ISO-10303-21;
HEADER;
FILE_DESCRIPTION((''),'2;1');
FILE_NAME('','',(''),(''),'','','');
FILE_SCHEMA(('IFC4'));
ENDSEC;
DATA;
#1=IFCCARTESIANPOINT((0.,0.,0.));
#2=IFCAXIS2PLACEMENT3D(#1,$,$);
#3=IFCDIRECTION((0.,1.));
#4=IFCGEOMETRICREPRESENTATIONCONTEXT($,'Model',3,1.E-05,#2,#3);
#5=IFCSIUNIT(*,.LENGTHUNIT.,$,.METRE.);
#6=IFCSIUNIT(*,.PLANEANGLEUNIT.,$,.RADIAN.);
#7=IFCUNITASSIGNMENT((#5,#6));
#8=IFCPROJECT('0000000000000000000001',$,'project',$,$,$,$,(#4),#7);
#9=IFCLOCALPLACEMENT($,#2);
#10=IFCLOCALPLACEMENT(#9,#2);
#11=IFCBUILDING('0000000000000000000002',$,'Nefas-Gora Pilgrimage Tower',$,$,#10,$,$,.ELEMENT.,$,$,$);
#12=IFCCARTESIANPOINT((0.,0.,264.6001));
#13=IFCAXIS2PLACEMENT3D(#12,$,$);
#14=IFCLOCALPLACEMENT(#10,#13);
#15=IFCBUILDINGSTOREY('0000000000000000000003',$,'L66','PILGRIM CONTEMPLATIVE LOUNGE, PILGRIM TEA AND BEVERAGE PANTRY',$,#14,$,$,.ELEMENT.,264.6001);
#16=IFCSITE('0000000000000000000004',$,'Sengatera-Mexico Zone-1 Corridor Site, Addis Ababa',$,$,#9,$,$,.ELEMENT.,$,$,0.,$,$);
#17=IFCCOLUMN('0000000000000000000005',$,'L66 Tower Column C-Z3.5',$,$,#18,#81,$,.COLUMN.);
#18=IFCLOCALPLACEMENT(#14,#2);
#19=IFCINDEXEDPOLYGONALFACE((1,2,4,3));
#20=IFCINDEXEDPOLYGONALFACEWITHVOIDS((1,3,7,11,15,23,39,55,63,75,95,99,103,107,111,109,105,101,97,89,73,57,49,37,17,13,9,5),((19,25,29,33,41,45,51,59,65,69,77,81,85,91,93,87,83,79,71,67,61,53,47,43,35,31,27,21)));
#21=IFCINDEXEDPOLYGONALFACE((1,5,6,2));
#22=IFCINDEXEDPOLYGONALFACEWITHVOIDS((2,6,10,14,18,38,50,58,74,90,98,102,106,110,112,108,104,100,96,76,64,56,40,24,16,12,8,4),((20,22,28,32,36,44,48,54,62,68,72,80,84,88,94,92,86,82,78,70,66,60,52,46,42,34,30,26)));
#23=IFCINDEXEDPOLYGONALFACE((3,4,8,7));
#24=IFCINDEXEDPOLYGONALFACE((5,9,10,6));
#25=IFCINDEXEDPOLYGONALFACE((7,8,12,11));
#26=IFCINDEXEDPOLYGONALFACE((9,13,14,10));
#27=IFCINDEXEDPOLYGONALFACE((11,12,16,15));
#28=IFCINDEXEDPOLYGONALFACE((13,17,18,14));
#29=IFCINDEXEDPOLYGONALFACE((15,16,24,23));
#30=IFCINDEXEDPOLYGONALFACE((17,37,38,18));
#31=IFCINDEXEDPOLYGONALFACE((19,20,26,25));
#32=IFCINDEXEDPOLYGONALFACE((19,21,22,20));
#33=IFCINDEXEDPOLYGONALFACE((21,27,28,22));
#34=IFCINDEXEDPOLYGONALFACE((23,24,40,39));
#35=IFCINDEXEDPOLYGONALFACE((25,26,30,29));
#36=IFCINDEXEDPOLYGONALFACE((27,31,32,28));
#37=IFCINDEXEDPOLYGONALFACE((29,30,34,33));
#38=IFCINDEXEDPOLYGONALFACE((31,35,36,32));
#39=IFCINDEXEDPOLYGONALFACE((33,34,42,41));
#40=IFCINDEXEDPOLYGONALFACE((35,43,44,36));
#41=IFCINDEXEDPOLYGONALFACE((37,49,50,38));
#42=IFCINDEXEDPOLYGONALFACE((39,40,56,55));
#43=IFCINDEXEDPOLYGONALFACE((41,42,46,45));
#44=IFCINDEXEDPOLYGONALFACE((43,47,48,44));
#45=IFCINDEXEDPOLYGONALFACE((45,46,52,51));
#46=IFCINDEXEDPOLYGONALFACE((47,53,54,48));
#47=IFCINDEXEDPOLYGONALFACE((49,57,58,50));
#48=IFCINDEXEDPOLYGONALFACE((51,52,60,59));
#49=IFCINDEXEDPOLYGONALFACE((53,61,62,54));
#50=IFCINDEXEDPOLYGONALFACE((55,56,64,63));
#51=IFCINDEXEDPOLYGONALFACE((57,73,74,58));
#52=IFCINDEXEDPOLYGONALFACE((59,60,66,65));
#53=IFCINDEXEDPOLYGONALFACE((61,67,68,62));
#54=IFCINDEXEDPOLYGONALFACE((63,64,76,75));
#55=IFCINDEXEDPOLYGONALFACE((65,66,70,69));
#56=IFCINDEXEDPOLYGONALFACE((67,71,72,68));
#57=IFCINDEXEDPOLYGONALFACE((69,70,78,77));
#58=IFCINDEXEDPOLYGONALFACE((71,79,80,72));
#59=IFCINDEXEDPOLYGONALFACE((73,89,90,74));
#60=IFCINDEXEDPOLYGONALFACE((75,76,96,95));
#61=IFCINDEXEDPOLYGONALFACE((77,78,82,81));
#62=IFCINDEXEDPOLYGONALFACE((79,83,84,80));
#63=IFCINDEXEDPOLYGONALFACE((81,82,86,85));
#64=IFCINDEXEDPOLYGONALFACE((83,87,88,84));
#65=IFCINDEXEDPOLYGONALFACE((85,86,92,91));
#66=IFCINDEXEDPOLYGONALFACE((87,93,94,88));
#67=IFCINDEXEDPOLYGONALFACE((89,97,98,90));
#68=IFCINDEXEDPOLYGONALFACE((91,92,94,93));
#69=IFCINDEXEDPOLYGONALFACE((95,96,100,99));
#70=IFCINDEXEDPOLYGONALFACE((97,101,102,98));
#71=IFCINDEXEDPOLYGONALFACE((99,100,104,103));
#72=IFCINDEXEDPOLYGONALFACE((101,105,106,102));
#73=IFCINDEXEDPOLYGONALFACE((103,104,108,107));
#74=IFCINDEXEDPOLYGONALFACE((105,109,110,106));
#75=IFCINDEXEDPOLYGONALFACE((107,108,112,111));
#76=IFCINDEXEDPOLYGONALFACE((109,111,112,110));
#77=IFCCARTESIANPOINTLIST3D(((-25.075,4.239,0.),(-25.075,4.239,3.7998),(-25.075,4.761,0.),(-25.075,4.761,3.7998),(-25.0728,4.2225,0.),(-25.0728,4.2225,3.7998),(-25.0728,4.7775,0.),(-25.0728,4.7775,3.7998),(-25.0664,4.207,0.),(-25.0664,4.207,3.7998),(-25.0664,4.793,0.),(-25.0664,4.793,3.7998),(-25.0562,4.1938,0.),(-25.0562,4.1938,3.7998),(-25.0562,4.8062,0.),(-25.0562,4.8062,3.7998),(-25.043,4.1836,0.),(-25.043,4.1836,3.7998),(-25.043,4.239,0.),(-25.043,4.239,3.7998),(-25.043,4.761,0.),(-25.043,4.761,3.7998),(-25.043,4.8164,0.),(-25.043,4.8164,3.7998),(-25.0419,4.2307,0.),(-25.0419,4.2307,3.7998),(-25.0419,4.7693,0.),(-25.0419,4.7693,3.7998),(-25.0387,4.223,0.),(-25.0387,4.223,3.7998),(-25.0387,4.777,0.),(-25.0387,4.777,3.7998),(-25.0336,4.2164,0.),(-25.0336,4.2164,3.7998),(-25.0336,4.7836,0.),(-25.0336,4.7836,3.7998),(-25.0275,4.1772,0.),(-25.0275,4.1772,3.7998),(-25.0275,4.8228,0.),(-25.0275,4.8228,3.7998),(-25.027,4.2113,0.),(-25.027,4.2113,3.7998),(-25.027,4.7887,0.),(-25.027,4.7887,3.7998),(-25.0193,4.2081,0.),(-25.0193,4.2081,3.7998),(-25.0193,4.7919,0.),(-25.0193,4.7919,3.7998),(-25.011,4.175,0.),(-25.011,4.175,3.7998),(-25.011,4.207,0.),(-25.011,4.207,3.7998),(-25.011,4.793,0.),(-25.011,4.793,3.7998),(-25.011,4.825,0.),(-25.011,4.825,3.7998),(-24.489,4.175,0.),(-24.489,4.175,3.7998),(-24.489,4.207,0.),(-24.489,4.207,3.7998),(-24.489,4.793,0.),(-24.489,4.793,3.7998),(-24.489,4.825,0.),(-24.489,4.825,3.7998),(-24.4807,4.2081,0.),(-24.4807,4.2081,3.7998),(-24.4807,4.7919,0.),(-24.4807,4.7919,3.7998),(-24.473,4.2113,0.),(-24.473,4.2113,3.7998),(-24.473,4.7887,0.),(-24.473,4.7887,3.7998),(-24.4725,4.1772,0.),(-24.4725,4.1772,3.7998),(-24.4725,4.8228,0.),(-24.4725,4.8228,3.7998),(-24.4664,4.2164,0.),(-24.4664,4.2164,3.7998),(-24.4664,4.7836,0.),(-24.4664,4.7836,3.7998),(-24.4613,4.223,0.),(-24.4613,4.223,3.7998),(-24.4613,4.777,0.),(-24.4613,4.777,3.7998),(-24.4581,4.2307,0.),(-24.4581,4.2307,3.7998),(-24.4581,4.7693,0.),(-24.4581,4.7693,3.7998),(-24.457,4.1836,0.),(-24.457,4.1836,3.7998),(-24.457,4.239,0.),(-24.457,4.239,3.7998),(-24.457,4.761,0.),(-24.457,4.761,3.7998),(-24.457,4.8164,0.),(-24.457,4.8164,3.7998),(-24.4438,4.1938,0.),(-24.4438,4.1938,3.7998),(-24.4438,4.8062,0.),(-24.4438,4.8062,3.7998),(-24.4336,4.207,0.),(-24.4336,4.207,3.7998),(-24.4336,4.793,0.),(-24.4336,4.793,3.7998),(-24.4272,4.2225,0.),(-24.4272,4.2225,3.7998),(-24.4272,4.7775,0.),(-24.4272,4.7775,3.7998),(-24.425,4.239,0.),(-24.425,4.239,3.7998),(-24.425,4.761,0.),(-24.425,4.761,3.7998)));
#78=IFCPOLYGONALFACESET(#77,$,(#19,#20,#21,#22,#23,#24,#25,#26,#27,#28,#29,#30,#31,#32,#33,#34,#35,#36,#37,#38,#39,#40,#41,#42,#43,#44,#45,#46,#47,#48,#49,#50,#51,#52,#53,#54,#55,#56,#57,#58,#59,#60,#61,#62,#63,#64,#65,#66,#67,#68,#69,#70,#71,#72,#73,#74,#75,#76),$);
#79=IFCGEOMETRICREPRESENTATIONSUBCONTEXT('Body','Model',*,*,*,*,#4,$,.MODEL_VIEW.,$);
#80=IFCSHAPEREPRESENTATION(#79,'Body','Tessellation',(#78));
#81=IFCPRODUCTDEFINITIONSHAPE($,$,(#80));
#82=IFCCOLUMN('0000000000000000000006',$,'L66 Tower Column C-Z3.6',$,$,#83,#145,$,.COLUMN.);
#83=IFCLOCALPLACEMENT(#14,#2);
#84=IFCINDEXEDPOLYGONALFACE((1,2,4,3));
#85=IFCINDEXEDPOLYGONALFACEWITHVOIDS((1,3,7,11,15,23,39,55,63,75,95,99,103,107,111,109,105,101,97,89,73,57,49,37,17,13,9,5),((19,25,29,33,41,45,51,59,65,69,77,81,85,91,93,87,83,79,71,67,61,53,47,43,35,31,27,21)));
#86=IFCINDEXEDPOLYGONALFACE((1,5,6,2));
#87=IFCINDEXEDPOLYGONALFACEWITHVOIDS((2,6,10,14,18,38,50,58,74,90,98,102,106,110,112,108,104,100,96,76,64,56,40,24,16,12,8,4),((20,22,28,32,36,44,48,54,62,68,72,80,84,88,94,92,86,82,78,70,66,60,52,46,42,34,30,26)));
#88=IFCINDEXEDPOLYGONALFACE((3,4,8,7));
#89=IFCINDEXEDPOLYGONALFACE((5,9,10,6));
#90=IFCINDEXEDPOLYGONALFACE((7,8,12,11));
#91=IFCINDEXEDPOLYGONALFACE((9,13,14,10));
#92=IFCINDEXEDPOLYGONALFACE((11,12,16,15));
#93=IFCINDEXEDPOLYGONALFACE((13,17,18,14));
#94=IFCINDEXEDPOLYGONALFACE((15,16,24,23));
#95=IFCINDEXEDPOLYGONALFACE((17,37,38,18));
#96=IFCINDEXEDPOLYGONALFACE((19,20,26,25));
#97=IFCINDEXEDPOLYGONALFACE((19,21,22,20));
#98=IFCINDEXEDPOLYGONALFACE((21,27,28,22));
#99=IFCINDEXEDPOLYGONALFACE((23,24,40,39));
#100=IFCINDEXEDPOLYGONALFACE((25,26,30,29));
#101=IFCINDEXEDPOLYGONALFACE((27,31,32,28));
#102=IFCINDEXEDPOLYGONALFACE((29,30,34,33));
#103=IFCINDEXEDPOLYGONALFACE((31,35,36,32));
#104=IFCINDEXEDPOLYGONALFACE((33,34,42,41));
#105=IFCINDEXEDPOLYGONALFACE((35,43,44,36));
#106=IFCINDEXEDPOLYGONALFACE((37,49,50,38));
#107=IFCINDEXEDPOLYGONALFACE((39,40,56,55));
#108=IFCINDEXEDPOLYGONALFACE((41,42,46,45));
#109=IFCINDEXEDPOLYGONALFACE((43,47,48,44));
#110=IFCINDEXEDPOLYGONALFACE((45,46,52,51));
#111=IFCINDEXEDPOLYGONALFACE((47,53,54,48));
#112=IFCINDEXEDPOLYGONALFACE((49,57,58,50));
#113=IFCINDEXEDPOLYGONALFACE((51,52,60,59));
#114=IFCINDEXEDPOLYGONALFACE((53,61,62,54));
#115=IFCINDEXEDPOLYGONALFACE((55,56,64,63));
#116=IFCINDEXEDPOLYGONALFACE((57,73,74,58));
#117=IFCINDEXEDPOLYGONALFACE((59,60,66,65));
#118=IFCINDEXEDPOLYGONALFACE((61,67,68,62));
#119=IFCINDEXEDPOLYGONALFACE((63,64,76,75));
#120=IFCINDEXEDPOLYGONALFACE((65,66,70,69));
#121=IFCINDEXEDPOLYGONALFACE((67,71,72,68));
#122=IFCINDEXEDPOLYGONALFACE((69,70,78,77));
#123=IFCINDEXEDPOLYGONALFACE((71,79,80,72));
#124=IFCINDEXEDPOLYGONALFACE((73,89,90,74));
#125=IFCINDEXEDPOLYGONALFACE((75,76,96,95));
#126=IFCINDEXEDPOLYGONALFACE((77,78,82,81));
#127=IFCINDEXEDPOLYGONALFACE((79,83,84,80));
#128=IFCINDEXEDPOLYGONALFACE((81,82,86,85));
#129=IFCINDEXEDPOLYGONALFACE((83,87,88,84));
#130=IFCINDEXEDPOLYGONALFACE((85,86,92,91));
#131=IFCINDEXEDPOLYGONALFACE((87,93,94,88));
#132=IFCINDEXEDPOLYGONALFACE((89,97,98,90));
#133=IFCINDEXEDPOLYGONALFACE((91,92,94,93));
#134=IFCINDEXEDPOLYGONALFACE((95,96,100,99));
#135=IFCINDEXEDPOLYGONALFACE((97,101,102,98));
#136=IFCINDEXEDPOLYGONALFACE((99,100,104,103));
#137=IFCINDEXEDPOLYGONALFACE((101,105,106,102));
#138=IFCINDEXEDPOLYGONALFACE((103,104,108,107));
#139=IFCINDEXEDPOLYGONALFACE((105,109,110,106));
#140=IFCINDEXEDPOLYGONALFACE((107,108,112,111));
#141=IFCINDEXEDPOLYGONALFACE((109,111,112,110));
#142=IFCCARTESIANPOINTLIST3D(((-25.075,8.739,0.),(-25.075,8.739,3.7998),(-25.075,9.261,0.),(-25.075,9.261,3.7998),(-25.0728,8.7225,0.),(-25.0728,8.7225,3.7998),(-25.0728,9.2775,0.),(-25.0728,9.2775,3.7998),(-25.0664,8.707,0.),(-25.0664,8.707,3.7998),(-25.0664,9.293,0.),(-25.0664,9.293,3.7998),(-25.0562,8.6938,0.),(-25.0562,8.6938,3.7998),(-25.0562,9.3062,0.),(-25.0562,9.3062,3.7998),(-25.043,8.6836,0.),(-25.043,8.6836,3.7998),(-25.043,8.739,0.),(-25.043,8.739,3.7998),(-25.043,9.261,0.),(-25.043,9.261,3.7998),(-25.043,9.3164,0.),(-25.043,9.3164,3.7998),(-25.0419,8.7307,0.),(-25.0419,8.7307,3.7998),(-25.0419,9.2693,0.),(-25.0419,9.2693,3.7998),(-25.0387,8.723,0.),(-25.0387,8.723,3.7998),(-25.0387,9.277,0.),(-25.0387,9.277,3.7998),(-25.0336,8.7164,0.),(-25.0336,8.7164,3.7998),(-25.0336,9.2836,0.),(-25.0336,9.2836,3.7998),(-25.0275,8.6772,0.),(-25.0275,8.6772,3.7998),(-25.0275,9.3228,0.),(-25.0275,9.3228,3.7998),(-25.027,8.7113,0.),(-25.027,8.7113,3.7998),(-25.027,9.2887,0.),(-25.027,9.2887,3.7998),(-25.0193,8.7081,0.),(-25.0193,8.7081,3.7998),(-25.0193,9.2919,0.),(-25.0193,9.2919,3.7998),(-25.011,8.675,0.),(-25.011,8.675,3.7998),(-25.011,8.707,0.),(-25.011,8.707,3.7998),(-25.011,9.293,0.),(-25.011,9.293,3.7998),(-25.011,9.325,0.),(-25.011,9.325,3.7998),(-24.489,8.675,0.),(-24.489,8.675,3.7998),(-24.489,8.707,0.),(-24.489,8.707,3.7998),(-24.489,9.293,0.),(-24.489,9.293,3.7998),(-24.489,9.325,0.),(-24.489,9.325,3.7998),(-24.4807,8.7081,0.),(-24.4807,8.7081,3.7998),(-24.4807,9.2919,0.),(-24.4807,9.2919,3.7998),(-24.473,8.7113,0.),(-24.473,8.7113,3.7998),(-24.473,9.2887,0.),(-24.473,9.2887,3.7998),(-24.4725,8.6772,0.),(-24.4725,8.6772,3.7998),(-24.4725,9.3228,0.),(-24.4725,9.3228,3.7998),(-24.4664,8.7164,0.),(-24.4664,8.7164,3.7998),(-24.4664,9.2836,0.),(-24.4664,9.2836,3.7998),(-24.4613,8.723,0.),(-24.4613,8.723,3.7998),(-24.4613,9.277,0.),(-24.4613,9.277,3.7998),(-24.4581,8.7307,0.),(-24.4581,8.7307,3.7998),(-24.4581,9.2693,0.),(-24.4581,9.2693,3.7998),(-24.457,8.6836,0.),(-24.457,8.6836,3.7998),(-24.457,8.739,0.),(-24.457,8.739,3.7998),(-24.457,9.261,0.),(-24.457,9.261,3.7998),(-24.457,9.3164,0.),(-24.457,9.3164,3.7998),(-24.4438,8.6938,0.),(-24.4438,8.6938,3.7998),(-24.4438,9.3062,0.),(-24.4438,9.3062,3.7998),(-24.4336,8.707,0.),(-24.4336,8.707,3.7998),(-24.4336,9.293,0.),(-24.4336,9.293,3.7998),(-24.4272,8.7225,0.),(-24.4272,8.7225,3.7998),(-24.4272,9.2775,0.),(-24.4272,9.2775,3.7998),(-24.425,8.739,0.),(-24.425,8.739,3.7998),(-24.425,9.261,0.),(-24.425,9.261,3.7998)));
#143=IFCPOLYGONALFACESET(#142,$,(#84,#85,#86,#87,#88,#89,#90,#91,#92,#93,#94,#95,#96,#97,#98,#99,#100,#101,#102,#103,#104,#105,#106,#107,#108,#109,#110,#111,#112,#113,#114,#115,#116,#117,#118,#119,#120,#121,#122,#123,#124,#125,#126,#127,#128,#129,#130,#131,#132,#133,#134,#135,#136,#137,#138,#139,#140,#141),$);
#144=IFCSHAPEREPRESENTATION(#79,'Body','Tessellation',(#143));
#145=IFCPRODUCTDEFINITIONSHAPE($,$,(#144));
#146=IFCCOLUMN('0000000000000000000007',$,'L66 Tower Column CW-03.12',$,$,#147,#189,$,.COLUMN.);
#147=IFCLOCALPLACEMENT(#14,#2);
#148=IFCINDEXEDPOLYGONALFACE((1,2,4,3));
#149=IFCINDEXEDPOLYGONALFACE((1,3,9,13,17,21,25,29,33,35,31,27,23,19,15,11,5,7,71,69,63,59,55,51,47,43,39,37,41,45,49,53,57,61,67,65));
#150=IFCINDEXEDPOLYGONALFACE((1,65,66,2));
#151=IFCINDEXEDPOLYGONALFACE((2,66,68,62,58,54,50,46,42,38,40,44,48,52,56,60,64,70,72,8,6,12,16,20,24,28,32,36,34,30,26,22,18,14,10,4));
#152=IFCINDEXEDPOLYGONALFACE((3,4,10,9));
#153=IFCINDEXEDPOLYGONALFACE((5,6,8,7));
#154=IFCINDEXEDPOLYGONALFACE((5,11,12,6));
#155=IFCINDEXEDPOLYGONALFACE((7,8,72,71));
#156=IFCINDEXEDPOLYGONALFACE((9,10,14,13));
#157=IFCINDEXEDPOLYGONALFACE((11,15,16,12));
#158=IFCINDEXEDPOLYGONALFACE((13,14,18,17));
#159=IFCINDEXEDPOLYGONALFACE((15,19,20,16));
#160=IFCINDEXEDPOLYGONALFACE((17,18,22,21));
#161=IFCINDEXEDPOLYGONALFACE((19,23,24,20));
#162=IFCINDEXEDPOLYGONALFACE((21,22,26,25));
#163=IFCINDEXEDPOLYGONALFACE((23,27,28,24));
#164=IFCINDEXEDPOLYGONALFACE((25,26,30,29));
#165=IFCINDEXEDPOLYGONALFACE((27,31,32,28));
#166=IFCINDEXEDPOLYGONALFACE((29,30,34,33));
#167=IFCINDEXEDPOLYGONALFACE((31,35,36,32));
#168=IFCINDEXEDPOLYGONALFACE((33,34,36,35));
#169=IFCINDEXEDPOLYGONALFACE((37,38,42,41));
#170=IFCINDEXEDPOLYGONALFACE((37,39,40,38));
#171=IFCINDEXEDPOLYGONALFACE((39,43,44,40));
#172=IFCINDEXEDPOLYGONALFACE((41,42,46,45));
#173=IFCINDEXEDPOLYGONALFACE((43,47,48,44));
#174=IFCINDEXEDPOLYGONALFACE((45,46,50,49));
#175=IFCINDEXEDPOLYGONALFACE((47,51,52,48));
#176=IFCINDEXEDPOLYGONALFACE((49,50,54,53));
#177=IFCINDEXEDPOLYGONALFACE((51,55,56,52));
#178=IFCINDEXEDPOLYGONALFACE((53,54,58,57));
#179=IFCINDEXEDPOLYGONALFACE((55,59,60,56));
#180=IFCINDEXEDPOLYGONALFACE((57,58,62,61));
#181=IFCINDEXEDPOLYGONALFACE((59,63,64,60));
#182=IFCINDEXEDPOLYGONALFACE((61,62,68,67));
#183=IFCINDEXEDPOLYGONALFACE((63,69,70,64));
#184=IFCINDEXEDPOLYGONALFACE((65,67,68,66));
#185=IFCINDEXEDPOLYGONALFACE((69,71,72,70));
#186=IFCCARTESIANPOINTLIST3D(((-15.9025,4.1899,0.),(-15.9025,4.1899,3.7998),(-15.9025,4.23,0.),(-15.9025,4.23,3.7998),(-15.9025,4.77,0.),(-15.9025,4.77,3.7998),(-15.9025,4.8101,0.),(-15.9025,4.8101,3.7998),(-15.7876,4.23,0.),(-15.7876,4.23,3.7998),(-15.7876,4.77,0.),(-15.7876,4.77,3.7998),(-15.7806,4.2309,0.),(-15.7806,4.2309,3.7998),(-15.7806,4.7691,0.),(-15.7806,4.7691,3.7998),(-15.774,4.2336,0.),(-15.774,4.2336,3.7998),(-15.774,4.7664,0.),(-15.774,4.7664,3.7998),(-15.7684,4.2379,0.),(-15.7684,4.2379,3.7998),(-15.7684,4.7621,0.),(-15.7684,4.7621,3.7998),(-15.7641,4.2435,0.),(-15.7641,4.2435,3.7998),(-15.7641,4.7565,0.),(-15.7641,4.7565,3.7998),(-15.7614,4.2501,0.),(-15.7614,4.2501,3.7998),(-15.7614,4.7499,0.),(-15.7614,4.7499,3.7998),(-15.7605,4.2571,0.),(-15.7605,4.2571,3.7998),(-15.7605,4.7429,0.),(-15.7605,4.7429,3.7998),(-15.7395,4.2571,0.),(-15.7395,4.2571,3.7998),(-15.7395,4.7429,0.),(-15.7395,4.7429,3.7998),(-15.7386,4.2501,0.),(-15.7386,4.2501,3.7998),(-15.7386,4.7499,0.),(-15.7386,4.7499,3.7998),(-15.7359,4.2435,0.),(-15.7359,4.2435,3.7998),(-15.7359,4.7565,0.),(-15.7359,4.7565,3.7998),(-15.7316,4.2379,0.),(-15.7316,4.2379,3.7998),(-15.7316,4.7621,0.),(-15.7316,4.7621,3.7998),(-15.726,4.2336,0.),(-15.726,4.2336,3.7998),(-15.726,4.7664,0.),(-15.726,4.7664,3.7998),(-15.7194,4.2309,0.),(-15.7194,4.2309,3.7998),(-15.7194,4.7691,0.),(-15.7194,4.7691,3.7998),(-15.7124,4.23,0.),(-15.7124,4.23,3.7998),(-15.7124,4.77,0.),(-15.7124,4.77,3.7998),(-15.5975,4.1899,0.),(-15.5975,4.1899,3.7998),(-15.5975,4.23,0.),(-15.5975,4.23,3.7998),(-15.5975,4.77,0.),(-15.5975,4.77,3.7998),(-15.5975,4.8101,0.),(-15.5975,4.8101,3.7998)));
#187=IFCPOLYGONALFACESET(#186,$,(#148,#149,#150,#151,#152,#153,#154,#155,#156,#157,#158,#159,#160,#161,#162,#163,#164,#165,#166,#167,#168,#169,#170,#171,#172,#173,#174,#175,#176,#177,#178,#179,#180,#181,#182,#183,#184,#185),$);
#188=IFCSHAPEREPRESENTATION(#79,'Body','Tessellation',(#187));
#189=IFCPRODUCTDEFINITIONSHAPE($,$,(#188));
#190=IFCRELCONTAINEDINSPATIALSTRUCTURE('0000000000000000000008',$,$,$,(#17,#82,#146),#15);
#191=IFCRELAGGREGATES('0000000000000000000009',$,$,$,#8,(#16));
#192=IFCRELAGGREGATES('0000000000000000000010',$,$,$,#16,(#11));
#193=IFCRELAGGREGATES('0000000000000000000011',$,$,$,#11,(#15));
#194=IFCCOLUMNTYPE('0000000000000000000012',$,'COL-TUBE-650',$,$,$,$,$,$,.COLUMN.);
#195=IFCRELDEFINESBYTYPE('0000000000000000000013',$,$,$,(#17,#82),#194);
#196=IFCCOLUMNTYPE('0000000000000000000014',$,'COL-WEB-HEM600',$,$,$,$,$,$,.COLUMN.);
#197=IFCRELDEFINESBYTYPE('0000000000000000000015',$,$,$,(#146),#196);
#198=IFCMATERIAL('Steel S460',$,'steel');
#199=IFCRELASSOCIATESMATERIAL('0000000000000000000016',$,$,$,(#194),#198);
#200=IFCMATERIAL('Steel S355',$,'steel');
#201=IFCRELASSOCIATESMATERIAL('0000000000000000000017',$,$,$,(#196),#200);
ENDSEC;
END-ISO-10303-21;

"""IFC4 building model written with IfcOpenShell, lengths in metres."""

from ifc_helpers import new_model, si_unit, direction, frame, origin, origin_2d, place, context, subcontext, project, spatial, hollow_rectangle, i_section, extrude, source, transform, mapped, material, material_profile, profile_set, type_object, element, save


model = new_model("IFC4")

# Units and contexts
model_context = context("Model", 3, precision=1e-05, world=origin(), true_north=direction((0.0, 1.0)))
body_context = subcontext(model_context, "Body", "Model", "MODEL_VIEW")
ifc_project = project(units=[si_unit("LENGTHUNIT", "METRE"), si_unit("PLANEANGLEUNIT", "RADIAN")], contexts=[model_context])

# Site, building, storey
site_placement = place(None, origin())
site = spatial("IfcSite", under=ifc_project, at=site_placement, Name="Sengatera-Mexico Zone-1 Corridor Site, Addis Ababa", CompositionType="ELEMENT", RefElevation=0.0)
building_placement = place(site_placement, origin())
building = spatial("IfcBuilding", under=site, at=building_placement, Name="Nefas-Gora Pilgrimage Tower", CompositionType="ELEMENT")
storey_placement = place(building_placement, frame((0.0, 0.0, 264.6001)))
storey = spatial("IfcBuildingStorey", under=building, at=storey_placement, Name="L66", Description="PILGRIM CONTEMPLATIVE LOUNGE, PILGRIM TEA AND BEVERAGE PANTRY", CompositionType="ELEMENT", Elevation=264.6001)

# Columns
ifc_material_1 = material(Name="Steel S460", Category="steel")
ifc_material_profile_1 = material_profile(ifc_material_1, hollow_rectangle(XDim=0.6499, YDim=0.6499, WallThickness=0.032, InnerFilletRadius=0.032, OuterFilletRadius=0.064, at=origin_2d()), Name="BOX 650x650x32")
ifc_profile_set_1 = profile_set([ifc_material_profile_1], Name="Steel S460")
column_type_1 = type_object("IfcColumnType", Name="COL-TUBE-650", PredefinedType="COLUMN", material=ifc_profile_set_1)
shared_shape_1 = source(origin(), body_context, "Body", "SweptSolid", [
    extrude(hollow_rectangle(XDim=0.6499, YDim=0.6499, WallThickness=0.032, InnerFilletRadius=0.032, OuterFilletRadius=0.064, at=origin_2d()), origin(), (0.0, 0.0, 1.0), 3.7998),
])
for number, where, z_axis, x_axis, name in (
    (1, (-24.75, 4.5, 0.0), (0.0, 0.0, 1.0), (1.0, 0.0, 0.0), "L66 Tower Column C-Z3.5"),
    (2, (-24.75, 9.0, 0.0), (0.0, 0.0, 1.0), (1.0, 0.0, 0.0), "L66 Tower Column C-Z3.6"),
):
    element("IfcColumn", number, at=place(storey_placement, frame(where, z_axis=z_axis, x_axis=x_axis)), inside=storey, type_object=column_type_1, Name=name, PredefinedType="COLUMN", context=body_context, shape_type="MappedRepresentation", body=[
        mapped(shared_shape_1, transform((0.0, 0.0, 0.0), x_axis=(1.0, 0.0, 0.0), y_axis=(0.0, 1.0, 0.0), z_axis=(0.0, 0.0, 1.0), scale=1.0)),
    ])
ifc_material_2 = material(Name="Steel S355", Category="steel")
ifc_material_profile_2 = material_profile(ifc_material_2, i_section(OverallWidth=0.3049, OverallDepth=0.6201, WebThickness=0.021, FlangeThickness=0.04, FilletRadius=0.0271, at=origin_2d()), Name="HEM 600")
ifc_profile_set_2 = profile_set([ifc_material_profile_2], Name="Steel S355")
column_type_2 = type_object("IfcColumnType", Name="COL-WEB-HEM600", PredefinedType="COLUMN", material=ifc_profile_set_2)
shared_shape_2 = source(origin(), body_context, "Body", "SweptSolid", [
    extrude(i_section(OverallWidth=0.3049, OverallDepth=0.6201, WebThickness=0.021, FlangeThickness=0.04, FilletRadius=0.0271, at=origin_2d()), origin(), (0.0, 0.0, 1.0), 3.7998),
])
for number, where, z_axis, x_axis, name in (
    (3, (-15.75, 4.5, 0.0), (0.0, 0.0, 1.0), (1.0, 0.0, 0.0), "L66 Tower Column CW-03.12"),
):
    element("IfcColumn", number, at=place(storey_placement, frame(where, z_axis=z_axis, x_axis=x_axis)), inside=storey, type_object=column_type_2, Name=name, PredefinedType="COLUMN", context=body_context, shape_type="MappedRepresentation", body=[
        mapped(shared_shape_2, transform((0.0, 0.0, 0.0), x_axis=(1.0, 0.0, 0.0), y_axis=(0.0, 1.0, 0.0), z_axis=(0.0, 0.0, 1.0), scale=1.0)),
    ])

save(model, "model.ifc")
